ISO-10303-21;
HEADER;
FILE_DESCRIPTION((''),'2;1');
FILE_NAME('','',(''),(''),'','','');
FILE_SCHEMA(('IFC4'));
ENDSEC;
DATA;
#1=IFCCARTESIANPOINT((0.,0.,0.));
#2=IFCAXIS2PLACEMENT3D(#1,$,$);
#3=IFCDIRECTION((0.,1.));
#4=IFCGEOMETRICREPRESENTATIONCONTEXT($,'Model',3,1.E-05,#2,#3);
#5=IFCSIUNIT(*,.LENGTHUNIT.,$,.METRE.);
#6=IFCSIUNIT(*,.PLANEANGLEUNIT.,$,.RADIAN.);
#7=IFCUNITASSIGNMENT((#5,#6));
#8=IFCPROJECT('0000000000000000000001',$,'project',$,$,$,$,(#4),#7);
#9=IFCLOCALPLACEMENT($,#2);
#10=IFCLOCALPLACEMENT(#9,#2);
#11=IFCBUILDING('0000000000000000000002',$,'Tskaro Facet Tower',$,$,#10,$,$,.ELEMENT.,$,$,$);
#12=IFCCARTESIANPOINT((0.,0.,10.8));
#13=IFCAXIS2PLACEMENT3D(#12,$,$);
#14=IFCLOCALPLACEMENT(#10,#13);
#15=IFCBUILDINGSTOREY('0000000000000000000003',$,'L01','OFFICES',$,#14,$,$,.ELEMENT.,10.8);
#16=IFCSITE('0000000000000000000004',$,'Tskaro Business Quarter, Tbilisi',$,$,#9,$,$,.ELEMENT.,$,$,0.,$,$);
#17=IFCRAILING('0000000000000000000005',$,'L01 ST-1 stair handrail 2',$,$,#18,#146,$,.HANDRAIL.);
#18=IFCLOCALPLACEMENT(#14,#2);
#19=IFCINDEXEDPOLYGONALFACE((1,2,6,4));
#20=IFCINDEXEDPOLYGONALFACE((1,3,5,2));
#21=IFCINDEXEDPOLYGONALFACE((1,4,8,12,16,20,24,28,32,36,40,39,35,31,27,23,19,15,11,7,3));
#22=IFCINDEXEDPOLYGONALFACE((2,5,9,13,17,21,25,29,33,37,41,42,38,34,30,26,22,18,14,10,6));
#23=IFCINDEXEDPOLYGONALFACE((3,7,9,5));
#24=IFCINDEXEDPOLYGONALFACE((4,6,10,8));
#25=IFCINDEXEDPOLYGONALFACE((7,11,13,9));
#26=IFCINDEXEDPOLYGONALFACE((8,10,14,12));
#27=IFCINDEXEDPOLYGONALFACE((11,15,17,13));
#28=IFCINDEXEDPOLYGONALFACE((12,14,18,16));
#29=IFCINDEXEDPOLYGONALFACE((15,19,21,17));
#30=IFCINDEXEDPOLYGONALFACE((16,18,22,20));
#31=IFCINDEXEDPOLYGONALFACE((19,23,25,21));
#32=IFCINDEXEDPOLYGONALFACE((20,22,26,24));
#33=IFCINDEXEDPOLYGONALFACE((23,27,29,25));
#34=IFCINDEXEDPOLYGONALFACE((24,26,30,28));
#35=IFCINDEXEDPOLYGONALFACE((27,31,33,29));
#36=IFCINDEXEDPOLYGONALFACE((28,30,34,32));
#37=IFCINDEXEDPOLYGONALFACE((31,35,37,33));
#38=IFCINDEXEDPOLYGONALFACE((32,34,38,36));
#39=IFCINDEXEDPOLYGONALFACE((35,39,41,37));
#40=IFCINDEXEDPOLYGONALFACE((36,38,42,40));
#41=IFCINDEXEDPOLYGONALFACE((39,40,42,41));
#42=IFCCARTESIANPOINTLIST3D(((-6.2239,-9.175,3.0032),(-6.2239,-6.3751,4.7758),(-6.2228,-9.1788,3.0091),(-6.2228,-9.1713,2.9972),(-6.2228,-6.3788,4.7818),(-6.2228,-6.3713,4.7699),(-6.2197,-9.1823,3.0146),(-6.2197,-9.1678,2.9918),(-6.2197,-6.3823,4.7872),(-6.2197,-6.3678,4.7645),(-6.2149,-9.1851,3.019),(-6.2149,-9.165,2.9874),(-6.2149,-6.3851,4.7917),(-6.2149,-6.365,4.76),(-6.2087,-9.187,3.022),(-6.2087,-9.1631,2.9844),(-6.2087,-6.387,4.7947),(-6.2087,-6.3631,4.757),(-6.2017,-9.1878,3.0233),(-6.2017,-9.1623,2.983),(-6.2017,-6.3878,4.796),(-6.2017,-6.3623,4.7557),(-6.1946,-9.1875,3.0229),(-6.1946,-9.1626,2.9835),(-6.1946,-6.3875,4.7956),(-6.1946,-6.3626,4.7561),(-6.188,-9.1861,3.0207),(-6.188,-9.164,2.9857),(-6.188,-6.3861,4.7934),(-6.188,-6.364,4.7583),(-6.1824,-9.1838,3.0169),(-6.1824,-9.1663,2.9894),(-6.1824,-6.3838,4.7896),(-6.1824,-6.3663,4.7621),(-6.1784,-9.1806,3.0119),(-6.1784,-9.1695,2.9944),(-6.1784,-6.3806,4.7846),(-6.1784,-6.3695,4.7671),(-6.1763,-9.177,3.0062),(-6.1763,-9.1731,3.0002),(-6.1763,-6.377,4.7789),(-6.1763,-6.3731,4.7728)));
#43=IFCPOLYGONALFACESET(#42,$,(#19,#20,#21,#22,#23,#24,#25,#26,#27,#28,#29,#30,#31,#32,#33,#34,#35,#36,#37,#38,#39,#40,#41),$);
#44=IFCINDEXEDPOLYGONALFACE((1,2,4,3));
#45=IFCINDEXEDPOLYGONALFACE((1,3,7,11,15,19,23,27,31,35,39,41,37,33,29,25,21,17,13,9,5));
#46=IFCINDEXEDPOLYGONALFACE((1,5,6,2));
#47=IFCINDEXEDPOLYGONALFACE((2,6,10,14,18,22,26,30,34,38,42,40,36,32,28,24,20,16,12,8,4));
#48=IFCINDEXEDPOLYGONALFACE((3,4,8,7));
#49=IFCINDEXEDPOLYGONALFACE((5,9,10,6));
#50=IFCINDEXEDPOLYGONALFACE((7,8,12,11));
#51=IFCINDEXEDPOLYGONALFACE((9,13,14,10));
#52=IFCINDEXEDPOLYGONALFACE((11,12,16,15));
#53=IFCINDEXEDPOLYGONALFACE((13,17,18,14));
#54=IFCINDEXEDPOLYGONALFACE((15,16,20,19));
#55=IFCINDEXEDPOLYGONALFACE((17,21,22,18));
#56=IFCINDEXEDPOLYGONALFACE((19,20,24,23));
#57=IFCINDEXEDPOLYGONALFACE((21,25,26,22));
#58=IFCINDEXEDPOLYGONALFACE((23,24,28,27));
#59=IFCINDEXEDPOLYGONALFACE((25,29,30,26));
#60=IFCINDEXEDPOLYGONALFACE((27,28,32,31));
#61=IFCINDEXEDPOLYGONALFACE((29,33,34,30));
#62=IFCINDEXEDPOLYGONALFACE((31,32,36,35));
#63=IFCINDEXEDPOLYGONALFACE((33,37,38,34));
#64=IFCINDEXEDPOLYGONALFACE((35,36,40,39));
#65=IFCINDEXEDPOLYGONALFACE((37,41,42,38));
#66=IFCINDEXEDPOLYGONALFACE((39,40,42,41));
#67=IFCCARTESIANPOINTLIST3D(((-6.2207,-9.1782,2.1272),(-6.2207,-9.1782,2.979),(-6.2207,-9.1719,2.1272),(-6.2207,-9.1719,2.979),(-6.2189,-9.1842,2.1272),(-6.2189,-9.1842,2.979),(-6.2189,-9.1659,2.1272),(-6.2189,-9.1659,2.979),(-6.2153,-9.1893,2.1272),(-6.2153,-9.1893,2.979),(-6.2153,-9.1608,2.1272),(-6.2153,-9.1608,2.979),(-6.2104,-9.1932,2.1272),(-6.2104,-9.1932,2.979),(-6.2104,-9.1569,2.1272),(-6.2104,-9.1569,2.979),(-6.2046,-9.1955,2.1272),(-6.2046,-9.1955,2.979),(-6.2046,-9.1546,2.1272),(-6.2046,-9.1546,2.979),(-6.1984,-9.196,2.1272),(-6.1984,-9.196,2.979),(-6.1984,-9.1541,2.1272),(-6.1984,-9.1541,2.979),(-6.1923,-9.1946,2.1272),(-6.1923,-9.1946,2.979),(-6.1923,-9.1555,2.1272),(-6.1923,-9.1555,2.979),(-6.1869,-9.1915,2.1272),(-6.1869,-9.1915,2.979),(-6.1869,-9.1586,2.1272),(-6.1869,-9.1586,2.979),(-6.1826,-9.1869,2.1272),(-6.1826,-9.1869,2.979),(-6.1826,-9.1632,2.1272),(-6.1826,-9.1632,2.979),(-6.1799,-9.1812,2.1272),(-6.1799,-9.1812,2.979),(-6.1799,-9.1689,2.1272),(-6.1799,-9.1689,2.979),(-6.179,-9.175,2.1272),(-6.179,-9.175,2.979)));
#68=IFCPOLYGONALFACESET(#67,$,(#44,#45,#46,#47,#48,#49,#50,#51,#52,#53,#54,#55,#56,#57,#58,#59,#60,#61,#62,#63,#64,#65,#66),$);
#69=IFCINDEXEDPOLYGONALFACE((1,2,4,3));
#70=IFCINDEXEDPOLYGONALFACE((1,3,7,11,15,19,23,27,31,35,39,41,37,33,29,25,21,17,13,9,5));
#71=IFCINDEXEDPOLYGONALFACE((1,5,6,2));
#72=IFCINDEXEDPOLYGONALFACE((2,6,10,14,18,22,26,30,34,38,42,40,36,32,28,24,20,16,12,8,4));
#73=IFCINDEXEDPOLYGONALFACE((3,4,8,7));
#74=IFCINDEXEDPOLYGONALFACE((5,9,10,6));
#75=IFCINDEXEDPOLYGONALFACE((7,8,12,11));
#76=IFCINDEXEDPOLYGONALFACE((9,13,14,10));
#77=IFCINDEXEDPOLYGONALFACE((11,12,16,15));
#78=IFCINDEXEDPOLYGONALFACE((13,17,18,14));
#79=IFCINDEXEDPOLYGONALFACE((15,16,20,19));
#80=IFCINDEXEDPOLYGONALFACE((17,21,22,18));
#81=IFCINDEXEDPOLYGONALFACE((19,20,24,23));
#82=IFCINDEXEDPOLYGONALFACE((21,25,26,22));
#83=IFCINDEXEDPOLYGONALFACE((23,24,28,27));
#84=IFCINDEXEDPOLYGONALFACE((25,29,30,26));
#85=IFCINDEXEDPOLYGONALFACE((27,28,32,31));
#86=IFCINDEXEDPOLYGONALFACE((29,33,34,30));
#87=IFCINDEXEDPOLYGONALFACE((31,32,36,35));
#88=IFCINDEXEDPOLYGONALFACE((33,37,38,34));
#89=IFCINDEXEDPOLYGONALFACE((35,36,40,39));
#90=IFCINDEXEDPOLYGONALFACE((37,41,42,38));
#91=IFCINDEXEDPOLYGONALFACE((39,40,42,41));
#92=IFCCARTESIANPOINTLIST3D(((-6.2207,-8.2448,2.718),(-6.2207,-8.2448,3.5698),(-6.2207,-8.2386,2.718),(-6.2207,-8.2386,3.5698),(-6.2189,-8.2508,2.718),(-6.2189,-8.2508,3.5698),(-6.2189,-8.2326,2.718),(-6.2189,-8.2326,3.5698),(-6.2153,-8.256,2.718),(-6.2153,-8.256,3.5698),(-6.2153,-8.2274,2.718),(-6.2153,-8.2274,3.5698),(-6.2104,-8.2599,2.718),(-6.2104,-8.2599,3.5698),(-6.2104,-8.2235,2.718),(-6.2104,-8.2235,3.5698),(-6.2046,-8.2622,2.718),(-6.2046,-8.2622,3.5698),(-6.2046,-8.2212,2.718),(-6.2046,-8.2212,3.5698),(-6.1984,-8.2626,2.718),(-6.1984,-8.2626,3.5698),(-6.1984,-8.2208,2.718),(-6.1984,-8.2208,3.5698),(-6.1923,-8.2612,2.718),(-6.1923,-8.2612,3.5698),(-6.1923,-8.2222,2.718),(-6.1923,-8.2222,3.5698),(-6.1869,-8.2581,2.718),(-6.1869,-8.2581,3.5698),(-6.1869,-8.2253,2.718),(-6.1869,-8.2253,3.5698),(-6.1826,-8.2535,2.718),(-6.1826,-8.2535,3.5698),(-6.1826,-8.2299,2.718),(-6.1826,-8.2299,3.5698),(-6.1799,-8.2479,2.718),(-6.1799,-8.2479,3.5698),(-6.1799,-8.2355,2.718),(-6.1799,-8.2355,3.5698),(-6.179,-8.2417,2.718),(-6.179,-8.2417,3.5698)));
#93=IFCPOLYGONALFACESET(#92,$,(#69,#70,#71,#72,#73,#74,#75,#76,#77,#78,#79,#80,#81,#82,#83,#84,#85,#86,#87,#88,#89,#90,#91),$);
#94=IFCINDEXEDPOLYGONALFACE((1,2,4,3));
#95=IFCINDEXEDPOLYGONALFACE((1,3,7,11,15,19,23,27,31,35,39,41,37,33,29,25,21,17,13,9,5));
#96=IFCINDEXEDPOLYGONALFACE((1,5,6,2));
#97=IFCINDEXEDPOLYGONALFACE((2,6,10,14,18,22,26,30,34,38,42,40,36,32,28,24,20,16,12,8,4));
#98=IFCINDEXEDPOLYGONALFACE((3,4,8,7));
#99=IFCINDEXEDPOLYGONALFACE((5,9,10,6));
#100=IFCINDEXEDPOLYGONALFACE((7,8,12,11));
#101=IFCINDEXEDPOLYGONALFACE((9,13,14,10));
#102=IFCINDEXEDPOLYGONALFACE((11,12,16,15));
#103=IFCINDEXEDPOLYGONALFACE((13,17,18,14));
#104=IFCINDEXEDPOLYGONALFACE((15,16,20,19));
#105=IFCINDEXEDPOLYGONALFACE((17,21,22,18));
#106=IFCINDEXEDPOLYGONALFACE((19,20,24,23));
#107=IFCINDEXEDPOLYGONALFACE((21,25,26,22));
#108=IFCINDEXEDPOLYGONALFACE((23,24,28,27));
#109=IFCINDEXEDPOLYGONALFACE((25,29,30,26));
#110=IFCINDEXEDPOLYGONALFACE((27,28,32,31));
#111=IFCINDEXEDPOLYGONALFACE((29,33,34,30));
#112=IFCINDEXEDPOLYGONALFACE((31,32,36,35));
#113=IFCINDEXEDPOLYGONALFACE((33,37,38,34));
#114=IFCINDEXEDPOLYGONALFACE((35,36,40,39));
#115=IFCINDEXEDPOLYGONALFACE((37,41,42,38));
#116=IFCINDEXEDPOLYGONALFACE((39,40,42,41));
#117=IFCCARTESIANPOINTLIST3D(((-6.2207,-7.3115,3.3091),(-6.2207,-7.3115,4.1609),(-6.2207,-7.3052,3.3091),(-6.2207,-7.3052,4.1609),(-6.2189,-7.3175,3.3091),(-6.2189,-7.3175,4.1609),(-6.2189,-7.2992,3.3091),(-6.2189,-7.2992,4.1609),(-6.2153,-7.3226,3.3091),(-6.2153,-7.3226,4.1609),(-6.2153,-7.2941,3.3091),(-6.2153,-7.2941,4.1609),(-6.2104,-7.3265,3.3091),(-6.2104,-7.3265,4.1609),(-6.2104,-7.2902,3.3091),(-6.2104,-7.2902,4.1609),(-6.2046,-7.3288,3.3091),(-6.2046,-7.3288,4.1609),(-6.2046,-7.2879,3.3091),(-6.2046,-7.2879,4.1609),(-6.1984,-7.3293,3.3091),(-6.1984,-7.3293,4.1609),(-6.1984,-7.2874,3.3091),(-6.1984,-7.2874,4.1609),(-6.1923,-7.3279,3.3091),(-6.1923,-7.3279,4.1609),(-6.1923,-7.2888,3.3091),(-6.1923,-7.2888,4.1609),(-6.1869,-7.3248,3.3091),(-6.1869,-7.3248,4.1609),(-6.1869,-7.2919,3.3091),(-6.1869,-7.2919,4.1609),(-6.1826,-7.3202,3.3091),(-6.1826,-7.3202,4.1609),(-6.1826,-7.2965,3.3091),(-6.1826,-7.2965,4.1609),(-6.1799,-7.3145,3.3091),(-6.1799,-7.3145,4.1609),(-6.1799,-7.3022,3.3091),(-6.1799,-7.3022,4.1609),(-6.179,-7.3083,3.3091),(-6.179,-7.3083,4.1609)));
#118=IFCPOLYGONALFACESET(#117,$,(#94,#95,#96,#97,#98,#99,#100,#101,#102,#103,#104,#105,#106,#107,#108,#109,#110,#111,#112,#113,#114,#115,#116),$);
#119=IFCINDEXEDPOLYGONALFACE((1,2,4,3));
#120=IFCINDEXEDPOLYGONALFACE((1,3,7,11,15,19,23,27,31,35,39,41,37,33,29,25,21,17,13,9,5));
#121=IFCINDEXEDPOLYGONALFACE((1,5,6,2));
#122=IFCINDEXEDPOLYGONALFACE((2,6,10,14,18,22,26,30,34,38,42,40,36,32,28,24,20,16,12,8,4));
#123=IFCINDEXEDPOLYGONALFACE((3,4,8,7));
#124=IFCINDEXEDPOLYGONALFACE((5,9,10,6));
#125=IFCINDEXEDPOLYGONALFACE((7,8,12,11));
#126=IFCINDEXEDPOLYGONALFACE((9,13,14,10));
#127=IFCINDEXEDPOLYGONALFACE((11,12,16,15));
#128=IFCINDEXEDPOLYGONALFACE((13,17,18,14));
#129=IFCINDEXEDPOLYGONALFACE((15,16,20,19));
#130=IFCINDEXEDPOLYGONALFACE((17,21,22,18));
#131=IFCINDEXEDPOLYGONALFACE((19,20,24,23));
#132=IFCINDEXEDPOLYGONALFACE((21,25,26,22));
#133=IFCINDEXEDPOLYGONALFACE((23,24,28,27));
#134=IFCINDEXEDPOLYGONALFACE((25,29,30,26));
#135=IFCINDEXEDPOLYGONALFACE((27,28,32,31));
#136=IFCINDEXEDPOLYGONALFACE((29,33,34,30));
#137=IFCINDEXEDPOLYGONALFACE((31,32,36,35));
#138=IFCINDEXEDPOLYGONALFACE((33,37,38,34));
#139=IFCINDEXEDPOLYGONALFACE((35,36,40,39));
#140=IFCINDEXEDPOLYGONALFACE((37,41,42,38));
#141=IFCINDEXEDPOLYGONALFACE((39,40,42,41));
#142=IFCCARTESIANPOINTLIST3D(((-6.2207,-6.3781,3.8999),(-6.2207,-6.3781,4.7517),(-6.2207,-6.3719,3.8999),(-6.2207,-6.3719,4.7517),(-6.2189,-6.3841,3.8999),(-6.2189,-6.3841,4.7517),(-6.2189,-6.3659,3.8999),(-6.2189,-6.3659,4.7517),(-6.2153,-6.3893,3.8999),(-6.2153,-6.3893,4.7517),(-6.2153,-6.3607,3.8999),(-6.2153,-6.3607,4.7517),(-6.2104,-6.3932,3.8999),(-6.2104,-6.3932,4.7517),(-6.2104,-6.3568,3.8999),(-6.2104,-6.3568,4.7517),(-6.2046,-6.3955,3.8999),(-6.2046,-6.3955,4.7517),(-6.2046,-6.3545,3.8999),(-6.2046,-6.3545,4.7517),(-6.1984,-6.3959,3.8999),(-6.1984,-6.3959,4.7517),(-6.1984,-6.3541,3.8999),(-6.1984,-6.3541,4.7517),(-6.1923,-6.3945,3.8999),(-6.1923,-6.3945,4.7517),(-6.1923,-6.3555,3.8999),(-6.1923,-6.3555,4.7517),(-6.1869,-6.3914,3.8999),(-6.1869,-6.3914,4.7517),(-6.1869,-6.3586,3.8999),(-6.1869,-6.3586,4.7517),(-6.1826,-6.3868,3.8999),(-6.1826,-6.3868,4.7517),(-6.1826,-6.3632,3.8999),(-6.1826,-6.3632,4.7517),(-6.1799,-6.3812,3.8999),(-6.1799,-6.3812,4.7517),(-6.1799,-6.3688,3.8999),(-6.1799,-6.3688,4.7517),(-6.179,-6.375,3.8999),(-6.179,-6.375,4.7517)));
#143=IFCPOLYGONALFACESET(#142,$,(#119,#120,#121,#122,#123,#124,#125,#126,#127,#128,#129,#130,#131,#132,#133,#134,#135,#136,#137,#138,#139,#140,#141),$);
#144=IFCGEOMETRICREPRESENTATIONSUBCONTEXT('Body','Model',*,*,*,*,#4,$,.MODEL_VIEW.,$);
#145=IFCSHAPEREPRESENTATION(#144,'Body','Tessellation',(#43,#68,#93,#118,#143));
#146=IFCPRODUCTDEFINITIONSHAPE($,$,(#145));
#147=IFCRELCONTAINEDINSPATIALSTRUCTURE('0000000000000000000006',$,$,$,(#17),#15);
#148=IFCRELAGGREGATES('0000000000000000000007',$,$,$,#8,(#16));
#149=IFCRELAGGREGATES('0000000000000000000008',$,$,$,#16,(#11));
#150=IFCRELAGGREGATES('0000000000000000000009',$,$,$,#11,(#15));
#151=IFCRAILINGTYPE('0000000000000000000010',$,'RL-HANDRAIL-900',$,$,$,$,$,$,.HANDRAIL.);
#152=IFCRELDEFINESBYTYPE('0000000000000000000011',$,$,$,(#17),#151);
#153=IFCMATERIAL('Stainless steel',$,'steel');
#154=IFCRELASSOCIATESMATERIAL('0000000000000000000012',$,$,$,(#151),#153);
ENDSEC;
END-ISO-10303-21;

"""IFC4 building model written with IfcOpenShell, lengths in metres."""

from ifc_helpers import new_model, si_unit, direction, frame, origin, origin_2d, place, context, subcontext, project, spatial, circle, extrude, material, type_object, element, save


model = new_model("IFC4")

# Units and contexts
model_context = context("Model", 3, precision=1e-05, world=origin(), true_north=direction((0.0, 1.0)))
body_context = subcontext(model_context, "Body", "Model", "MODEL_VIEW")
ifc_project = project(units=[si_unit("LENGTHUNIT", "METRE"), si_unit("PLANEANGLEUNIT", "RADIAN")], contexts=[model_context])

# Site, building, storey
site_placement = place(None, origin())
site = spatial("IfcSite", under=ifc_project, at=site_placement, Name="Tskaro Business Quarter, Tbilisi", CompositionType="ELEMENT", RefElevation=0.0)
building_placement = place(site_placement, origin())
building = spatial("IfcBuilding", under=site, at=building_placement, Name="Tskaro Facet Tower", CompositionType="ELEMENT")
storey_placement = place(building_placement, frame((0.0, 0.0, 10.8)))
storey = spatial("IfcBuildingStorey", under=building, at=storey_placement, Name="L01", Description="OFFICES", CompositionType="ELEMENT", Elevation=10.8)

# Shared definitions
ifc_material_1 = material(Name="Stainless steel", Category="steel")

# Railing
railing_type_1 = type_object("IfcRailingType", Name="RL-HANDRAIL-900", PredefinedType="HANDRAIL", material=ifc_material_1)
railing_1_placement = place(storey_placement, frame((-6.2, -9.175, 2.1272)))
element("IfcRailing", 1, at=railing_1_placement, inside=storey, type_object=railing_type_1, Name="L01 ST-1 stair handrail 2", PredefinedType="HANDRAIL", context=body_context, shape_type="SweptSolid", body=[
    extrude(circle(Radius=0.0239, at=origin_2d()), frame((0.0, 0.0, 0.876), z_axis=(0.0, 0.844909, 0.53491), x_axis=(-1.0, 0.0, 0.0)), (0.0, 0.0, 1.0), 3.314),
    extrude(circle(Radius=0.021, at=origin_2d()), origin(), (0.0, 0.0, 1.0), 0.8518),
    extrude(circle(Radius=0.021, at=origin_2d()), frame((0.0, 0.9333, 0.5908)), (0.0, 0.0, 1.0), 0.8518),
    extrude(circle(Radius=0.021, at=origin_2d()), frame((0.0, 1.8667, 1.1819)), (0.0, 0.0, 1.0), 0.8518),
    extrude(circle(Radius=0.021, at=origin_2d()), frame((0.0, 2.8, 1.7727)), (0.0, 0.0, 1.0), 0.8518),
])

save(model, "model.ifc")
